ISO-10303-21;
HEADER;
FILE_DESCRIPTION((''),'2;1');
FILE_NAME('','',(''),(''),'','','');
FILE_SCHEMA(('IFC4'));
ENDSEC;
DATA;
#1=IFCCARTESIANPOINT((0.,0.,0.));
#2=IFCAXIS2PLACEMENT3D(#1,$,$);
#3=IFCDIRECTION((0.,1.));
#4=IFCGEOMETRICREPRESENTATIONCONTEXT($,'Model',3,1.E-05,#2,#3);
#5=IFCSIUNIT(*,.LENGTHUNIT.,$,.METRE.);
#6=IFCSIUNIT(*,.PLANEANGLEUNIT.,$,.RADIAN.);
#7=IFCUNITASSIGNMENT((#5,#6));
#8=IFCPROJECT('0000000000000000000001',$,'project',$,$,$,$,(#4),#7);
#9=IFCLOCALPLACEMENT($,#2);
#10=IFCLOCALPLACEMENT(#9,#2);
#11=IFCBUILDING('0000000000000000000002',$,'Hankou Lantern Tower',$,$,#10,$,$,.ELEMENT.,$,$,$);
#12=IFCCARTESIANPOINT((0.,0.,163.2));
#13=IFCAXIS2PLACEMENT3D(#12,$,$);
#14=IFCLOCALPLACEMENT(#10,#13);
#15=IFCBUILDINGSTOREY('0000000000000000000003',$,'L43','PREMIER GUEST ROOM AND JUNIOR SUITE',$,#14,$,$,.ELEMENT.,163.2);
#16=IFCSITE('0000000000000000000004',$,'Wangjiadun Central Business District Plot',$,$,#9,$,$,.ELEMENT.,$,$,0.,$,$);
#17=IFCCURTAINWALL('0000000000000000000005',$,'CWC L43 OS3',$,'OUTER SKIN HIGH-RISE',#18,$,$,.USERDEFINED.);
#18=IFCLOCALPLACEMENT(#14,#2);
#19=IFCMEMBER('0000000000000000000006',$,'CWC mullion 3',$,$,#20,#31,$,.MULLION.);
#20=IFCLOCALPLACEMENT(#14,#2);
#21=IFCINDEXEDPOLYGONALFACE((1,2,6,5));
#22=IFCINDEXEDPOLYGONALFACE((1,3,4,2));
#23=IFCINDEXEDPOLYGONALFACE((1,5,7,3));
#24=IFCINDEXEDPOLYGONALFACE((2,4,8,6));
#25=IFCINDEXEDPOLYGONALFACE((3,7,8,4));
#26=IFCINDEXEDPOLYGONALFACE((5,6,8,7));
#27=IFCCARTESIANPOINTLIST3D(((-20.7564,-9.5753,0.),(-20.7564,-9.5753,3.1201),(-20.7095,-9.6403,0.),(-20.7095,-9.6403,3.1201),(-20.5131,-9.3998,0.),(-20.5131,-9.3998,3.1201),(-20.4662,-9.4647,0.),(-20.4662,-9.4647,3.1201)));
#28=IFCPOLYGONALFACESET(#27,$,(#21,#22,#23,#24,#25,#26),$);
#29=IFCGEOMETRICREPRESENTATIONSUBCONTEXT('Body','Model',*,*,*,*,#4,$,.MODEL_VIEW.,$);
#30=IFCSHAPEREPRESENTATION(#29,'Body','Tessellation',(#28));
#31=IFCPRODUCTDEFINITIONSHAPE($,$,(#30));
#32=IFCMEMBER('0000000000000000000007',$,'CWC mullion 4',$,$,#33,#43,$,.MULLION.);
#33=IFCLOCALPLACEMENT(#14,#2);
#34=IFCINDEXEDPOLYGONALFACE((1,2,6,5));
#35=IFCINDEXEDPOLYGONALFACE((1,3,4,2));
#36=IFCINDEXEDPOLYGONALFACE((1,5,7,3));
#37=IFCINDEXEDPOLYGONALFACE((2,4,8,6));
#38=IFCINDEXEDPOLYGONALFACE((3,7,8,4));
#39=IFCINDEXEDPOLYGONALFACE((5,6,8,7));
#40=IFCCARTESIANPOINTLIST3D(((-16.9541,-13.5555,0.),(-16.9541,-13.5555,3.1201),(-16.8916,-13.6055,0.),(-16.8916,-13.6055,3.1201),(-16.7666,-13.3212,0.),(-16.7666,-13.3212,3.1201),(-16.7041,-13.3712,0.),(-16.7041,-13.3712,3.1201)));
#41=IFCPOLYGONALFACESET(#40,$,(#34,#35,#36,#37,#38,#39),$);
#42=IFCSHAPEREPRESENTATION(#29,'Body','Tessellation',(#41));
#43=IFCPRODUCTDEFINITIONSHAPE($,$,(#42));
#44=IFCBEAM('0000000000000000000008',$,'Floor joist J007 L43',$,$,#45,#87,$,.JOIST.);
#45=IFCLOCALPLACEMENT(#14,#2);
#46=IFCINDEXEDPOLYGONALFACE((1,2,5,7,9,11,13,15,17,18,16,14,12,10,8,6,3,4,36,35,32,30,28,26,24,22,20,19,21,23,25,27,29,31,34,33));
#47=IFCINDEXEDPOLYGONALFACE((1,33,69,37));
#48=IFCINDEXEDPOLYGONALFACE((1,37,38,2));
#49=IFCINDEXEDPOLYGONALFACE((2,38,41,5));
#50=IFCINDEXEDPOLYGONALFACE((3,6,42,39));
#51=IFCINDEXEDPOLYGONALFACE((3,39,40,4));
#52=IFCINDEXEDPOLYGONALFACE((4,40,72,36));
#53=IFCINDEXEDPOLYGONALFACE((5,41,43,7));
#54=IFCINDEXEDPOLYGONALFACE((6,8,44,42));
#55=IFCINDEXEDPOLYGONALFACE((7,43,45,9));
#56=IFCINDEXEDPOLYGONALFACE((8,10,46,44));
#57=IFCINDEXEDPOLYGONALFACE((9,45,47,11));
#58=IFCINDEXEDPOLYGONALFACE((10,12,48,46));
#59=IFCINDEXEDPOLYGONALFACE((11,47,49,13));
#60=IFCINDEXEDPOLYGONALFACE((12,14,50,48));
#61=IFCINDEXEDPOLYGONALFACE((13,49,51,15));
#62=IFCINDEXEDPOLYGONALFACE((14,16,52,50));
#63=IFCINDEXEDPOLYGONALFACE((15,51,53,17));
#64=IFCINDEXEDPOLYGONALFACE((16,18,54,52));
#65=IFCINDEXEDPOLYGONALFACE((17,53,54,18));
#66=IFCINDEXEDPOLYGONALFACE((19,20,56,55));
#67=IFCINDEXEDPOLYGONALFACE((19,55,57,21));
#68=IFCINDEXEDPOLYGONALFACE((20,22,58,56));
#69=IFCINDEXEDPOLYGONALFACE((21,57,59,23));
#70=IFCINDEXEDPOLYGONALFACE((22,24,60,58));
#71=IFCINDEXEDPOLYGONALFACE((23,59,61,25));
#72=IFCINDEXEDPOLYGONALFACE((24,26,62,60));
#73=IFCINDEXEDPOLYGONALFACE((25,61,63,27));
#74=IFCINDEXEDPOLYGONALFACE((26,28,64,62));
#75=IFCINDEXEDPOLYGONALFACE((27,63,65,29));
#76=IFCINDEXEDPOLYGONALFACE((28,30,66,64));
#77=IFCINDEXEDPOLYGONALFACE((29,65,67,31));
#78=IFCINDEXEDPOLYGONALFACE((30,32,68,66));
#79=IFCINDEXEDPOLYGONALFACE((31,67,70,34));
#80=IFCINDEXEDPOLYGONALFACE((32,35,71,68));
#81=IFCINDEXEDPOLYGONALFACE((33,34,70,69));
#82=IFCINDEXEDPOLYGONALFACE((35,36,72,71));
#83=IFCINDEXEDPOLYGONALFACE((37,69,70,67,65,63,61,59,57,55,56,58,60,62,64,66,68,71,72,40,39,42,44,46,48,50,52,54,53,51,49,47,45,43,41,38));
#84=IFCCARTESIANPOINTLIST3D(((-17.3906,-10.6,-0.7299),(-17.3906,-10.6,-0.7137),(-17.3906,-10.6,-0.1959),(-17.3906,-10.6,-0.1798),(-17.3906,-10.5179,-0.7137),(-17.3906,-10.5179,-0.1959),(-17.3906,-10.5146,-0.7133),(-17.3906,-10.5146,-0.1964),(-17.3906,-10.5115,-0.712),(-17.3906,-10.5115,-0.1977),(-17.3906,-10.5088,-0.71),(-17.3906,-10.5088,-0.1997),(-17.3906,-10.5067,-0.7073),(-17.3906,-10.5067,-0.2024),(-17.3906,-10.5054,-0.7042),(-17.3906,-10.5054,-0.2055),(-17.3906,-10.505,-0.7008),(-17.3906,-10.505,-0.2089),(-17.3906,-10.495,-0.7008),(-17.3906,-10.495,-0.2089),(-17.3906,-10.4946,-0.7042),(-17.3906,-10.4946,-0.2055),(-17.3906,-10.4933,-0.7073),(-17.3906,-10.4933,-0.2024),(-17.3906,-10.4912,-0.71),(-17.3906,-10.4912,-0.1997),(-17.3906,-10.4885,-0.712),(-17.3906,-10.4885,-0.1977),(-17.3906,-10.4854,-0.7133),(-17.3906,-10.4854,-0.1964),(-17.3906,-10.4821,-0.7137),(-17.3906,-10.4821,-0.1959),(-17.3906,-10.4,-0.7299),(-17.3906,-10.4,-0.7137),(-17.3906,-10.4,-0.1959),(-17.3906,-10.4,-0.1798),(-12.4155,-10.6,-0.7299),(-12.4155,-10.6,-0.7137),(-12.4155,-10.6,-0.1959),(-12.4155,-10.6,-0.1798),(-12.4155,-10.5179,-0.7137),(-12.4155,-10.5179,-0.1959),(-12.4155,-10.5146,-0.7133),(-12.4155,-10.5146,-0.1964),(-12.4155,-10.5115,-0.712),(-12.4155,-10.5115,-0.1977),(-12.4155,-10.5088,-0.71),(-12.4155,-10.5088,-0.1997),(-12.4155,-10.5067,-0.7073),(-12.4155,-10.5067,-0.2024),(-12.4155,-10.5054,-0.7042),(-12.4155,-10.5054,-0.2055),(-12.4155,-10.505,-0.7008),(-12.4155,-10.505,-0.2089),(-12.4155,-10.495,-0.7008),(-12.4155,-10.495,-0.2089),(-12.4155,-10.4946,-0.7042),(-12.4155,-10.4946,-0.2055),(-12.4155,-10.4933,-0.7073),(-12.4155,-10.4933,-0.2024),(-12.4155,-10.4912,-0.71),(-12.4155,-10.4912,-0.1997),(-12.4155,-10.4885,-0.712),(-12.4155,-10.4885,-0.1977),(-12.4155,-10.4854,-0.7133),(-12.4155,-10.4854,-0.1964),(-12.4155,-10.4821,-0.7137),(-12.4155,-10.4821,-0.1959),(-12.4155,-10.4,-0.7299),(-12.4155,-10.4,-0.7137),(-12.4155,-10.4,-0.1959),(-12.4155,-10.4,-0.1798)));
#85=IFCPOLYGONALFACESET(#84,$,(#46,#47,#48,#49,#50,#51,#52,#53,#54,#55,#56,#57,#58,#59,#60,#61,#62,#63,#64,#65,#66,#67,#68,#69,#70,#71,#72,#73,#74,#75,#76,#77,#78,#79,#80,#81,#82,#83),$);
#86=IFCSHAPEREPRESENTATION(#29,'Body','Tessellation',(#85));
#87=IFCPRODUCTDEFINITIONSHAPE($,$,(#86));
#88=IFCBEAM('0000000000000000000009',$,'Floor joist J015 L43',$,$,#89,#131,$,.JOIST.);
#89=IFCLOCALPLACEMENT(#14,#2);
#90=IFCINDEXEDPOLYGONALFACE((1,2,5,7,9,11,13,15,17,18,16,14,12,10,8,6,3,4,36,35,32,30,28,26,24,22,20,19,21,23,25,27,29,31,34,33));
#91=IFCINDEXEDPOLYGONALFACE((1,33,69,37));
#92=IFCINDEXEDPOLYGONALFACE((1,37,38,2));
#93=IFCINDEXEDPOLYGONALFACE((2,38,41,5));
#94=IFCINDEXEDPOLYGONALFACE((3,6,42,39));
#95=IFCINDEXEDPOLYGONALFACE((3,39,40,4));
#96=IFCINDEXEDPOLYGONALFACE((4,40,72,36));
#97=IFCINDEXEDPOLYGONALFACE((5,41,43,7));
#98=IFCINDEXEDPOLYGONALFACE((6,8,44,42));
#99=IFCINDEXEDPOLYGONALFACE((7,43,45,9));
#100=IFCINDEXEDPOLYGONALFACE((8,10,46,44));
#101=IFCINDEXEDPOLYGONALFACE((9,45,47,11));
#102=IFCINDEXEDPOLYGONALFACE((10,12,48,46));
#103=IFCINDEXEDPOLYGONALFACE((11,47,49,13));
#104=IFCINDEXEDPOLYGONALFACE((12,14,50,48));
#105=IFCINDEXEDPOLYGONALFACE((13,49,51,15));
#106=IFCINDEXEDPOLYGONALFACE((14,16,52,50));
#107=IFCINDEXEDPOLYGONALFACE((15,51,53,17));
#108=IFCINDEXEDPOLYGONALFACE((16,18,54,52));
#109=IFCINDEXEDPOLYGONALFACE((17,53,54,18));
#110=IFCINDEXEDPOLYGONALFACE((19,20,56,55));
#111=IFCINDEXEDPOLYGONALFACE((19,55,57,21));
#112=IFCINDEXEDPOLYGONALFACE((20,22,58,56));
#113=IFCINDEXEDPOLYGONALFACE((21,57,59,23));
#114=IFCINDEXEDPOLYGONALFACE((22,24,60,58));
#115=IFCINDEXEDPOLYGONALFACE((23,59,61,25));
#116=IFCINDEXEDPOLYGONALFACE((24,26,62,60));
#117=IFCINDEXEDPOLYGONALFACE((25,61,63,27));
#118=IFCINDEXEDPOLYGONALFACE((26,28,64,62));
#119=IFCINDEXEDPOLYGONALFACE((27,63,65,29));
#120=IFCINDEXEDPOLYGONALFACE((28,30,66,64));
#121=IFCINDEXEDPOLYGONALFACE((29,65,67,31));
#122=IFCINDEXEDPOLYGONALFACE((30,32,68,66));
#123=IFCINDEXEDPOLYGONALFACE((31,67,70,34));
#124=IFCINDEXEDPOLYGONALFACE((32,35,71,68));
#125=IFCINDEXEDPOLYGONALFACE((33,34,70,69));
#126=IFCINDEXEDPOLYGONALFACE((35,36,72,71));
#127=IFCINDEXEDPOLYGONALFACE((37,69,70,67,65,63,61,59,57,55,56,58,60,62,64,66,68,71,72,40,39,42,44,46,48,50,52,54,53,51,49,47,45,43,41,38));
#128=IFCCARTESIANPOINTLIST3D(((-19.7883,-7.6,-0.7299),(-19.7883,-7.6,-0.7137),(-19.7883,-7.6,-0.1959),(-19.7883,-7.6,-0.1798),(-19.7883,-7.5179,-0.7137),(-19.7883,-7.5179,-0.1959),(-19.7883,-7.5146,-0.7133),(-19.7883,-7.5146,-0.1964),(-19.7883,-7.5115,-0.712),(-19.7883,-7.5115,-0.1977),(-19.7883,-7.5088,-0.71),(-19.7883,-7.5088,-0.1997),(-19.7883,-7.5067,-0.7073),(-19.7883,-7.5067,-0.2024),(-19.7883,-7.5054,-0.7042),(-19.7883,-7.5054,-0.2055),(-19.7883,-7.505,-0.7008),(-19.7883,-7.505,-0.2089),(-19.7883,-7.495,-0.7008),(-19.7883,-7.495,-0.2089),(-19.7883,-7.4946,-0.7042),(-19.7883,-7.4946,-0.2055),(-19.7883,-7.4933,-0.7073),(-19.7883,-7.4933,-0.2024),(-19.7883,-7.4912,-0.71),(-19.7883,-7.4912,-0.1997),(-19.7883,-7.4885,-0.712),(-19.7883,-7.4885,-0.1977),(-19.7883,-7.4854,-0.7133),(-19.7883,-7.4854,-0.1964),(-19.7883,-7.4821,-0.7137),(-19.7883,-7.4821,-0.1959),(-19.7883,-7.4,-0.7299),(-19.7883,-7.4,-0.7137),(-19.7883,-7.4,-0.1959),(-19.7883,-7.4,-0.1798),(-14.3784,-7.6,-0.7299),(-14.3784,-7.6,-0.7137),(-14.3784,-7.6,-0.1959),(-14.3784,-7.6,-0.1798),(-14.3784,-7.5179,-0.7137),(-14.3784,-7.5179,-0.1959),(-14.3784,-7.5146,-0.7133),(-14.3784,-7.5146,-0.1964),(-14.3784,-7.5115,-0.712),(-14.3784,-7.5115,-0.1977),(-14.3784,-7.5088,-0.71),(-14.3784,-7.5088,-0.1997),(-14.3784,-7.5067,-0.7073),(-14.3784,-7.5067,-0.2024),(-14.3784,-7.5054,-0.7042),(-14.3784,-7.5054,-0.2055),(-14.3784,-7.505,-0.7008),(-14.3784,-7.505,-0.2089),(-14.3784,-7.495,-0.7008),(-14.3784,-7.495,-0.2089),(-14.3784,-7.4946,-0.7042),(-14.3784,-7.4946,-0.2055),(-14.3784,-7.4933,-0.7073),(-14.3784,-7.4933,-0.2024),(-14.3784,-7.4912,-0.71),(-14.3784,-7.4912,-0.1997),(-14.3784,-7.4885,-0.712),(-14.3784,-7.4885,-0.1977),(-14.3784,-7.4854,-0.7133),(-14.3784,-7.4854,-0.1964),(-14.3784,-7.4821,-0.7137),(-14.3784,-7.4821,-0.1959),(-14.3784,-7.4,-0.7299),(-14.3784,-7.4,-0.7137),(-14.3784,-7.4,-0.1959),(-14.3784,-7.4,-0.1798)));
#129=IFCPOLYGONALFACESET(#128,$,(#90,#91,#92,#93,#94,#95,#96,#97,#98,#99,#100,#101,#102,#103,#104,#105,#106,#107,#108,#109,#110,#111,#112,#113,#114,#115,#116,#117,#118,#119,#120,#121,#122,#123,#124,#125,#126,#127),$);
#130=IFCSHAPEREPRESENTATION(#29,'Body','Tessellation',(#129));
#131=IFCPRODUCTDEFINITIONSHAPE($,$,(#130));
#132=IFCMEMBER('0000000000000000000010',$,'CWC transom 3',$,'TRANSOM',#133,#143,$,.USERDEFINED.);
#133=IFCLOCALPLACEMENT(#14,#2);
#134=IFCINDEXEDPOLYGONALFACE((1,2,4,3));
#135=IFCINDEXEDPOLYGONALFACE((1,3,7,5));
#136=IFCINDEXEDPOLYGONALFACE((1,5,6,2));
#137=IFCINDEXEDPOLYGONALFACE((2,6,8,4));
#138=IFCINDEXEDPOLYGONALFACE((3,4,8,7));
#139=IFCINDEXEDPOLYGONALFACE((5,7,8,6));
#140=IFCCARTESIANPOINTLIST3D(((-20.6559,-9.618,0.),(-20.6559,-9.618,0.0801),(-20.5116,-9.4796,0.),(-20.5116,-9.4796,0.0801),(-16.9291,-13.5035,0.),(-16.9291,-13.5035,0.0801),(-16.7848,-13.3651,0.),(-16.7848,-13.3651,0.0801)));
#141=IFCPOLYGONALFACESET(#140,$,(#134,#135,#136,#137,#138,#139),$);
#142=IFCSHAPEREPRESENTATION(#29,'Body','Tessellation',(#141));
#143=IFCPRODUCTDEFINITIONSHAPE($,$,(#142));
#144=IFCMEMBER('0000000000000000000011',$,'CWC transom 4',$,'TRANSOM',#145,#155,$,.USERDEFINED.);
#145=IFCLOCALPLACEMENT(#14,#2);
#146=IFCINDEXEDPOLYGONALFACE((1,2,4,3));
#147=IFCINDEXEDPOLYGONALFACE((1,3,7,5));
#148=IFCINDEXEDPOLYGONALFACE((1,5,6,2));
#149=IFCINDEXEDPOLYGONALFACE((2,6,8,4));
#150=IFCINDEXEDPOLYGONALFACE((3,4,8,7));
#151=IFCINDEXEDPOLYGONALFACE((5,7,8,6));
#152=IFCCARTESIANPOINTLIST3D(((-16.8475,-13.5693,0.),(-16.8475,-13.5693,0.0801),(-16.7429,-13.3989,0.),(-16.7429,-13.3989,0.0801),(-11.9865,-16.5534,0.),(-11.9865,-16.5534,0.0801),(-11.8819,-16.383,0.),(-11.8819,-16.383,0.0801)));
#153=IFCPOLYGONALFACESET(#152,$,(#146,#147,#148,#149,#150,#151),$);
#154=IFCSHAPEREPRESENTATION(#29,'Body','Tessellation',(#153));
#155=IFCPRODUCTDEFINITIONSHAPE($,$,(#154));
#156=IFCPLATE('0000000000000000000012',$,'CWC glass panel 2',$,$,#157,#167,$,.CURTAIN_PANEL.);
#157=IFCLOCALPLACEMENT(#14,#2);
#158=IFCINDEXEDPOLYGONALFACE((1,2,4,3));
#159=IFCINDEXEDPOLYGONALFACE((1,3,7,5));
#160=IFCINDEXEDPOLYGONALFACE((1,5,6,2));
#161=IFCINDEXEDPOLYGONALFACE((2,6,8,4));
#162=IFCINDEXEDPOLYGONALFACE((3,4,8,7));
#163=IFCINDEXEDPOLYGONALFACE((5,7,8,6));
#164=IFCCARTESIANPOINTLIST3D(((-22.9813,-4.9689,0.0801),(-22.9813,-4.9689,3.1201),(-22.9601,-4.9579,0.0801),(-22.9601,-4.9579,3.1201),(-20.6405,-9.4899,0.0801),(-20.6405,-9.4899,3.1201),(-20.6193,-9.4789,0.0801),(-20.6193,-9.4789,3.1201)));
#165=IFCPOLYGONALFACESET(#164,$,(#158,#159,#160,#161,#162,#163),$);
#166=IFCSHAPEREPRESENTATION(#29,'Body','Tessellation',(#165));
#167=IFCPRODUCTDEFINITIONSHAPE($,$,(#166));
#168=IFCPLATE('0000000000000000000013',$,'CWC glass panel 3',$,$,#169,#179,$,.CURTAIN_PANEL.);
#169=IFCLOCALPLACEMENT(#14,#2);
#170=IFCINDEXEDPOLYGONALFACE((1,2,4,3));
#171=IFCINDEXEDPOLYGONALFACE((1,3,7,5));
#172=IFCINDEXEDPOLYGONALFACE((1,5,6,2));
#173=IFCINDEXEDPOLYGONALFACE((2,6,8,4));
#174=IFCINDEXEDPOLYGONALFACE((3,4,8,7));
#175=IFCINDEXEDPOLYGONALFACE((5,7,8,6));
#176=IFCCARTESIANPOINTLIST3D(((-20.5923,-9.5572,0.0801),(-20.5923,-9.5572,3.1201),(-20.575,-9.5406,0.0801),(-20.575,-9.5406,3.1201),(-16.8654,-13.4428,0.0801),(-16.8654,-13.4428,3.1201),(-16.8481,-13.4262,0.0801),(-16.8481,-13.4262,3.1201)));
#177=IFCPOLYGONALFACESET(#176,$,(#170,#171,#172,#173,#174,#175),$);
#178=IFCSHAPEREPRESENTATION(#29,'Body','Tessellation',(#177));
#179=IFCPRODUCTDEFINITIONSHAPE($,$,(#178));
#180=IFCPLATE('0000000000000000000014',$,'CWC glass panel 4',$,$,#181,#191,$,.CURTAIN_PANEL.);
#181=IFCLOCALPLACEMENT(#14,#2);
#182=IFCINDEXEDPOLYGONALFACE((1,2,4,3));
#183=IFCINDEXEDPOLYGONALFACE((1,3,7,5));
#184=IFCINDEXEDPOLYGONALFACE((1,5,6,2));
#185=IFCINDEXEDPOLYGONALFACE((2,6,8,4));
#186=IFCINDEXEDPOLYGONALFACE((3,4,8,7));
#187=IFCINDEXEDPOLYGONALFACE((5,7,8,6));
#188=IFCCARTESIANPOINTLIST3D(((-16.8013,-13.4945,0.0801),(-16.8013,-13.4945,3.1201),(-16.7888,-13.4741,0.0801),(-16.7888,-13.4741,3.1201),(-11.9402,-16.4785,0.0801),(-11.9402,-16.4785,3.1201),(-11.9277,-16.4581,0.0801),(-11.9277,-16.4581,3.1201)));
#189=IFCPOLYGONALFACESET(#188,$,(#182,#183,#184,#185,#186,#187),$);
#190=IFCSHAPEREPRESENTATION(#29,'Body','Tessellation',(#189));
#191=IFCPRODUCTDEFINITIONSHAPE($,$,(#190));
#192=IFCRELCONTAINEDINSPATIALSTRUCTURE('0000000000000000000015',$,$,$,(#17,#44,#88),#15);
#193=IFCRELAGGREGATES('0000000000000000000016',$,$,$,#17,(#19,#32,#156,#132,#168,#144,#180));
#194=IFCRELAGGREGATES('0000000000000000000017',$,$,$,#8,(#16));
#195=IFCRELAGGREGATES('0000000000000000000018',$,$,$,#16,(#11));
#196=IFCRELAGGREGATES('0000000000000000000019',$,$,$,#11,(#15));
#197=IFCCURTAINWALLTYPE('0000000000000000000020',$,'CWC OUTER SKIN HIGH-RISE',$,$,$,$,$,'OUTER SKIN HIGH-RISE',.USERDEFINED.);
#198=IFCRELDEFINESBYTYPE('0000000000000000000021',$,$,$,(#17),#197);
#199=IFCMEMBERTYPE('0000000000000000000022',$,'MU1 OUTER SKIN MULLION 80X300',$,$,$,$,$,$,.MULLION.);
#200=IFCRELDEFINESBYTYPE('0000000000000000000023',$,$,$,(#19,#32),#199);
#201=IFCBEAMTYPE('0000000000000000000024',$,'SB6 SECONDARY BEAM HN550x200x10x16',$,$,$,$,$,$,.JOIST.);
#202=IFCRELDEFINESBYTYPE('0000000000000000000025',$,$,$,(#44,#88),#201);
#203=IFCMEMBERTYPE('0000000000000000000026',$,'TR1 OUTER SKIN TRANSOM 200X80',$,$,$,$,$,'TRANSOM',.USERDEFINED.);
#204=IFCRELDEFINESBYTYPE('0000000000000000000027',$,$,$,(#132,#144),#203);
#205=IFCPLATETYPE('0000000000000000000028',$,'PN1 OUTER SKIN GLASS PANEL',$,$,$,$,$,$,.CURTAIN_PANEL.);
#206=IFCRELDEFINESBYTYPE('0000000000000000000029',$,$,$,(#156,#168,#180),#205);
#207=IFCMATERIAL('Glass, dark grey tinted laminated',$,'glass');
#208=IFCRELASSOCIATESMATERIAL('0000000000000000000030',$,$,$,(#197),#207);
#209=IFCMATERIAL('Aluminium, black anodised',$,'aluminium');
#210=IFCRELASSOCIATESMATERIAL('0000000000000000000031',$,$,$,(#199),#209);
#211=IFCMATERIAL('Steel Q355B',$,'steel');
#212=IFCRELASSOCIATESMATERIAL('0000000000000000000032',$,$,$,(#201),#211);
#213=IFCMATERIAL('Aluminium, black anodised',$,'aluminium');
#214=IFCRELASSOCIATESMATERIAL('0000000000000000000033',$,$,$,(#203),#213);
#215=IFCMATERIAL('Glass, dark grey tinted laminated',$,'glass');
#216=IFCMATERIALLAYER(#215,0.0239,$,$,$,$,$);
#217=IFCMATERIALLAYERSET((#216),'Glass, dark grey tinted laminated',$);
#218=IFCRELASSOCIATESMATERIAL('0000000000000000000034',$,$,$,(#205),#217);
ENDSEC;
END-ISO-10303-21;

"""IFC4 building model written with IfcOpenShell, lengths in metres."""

from ifc_helpers import new_model, si_unit, direction, frame, origin, origin_2d, place, context, subcontext, project, spatial, rectangle, i_section, extrude, material, layer, layer_set, material_profile, profile_set, type_object, element, aggregate, save


model = new_model("IFC4")

# Units and contexts
model_context = context("Model", 3, precision=1e-05, world=origin(), true_north=direction((0.0, 1.0)))
body_context = subcontext(model_context, "Body", "Model", "MODEL_VIEW")
ifc_project = project(units=[si_unit("LENGTHUNIT", "METRE"), si_unit("PLANEANGLEUNIT", "RADIAN")], contexts=[model_context])

# Site, building, storey
site_placement = place(None, origin())
site = spatial("IfcSite", under=ifc_project, at=site_placement, Name="Wangjiadun Central Business District Plot", CompositionType="ELEMENT", RefElevation=0.0)
building_placement = place(site_placement, origin())
building = spatial("IfcBuilding", under=site, at=building_placement, Name="Hankou Lantern Tower", CompositionType="ELEMENT")
storey_placement = place(building_placement, frame((0.0, 0.0, 163.2)))
storey = spatial("IfcBuildingStorey", under=building, at=storey_placement, Name="L43", Description="PREMIER GUEST ROOM AND JUNIOR SUITE", CompositionType="ELEMENT", Elevation=163.2)

# Curtain wall, members
ifc_material_1 = material(Name="Glass, dark grey tinted laminated", Category="glass")
curtain_wall_type = type_object("IfcCurtainWallType", Name="CWC OUTER SKIN HIGH-RISE", ElementType="OUTER SKIN HIGH-RISE", PredefinedType="USERDEFINED", material=ifc_material_1)
curtain_wall_placement = place(storey_placement, origin())
curtain_wall = element("IfcCurtainWall", 1, at=curtain_wall_placement, inside=storey, type_object=curtain_wall_type, Name="CWC L43 OS3", ObjectType="OUTER SKIN HIGH-RISE", PredefinedType="USERDEFINED")
ifc_material_2 = material(Name="Aluminium, black anodised", Category="aluminium")
ifc_material_profile_1 = material_profile(ifc_material_2, rectangle(XDim=0.0801, YDim=0.3, at=origin_2d()), Name="MU1 80X300")
ifc_profile_set_1 = profile_set([ifc_material_profile_1], Name="Aluminium, black anodised")
member_type_1 = type_object("IfcMemberType", Name="MU1 OUTER SKIN MULLION 80X300", PredefinedType="MULLION", material=ifc_profile_set_1)
member_1_placement = place(storey_placement, frame((-20.6113, -9.52, 0.0), z_axis=(0.0, 0.0, 1.0), x_axis=(0.585206, -0.810885, 0.0)))
member_1 = element("IfcMember", 2, at=member_1_placement, type_object=member_type_1, Name="CWC mullion 3", PredefinedType="MULLION", context=body_context, shape_type="SweptSolid", body=[
    extrude(rectangle(XDim=0.0801, YDim=0.3, at=origin_2d()), origin(), (0.0, 0.0, 1.0), 3.1201),
])
member_2_placement = place(storey_placement, frame((-16.8291, -13.4634, 0.0), z_axis=(0.0, 0.0, 1.0), x_axis=(0.780869, -0.624695, 0.0)))
member_2 = element("IfcMember", 3, at=member_2_placement, type_object=member_type_1, Name="CWC mullion 4", PredefinedType="MULLION", context=body_context, shape_type="SweptSolid", body=[
    extrude(rectangle(XDim=0.0801, YDim=0.3, at=origin_2d()), origin(), (0.0, 0.0, 1.0), 3.1201),
])

# Beams
ifc_material_3 = material(Name="Steel Q355B", Category="steel")
ifc_material_profile_2 = material_profile(ifc_material_3, i_section(OverallWidth=0.2, OverallDepth=0.55, WebThickness=0.01, FlangeThickness=0.0161, FilletRadius=0.0129, at=origin_2d()), Name="HN550x200x10x16")
ifc_profile_set_2 = profile_set([ifc_material_profile_2], Name="Steel Q355B")
beam_type_1 = type_object("IfcBeamType", Name="SB6 SECONDARY BEAM HN550x200x10x16", PredefinedType="JOIST", material=ifc_profile_set_2)
beam_1_placement = place(storey_placement, frame((-17.3906, -10.5, -0.4548), z_axis=(1.0, 0.0, 0.0), x_axis=(0.0, 1.0, 0.0)))
element("IfcBeam", 4, at=beam_1_placement, inside=storey, type_object=beam_type_1, Name="Floor joist J007 L43", PredefinedType="JOIST", context=body_context, shape_type="SweptSolid", body=[
    extrude(i_section(OverallWidth=0.2, OverallDepth=0.55, WebThickness=0.01, FlangeThickness=0.0161, FilletRadius=0.0129, at=origin_2d()), origin(), (0.0, 0.0, 1.0), 4.9751),
])
beam_2_placement = place(storey_placement, frame((-19.7883, -7.5, -0.4548), z_axis=(1.0, 0.0, 0.0), x_axis=(0.0, 1.0, 0.0)))
element("IfcBeam", 5, at=beam_2_placement, inside=storey, type_object=beam_type_1, Name="Floor joist J015 L43", PredefinedType="JOIST", context=body_context, shape_type="SweptSolid", body=[
    extrude(i_section(OverallWidth=0.2, OverallDepth=0.55, WebThickness=0.01, FlangeThickness=0.0161, FilletRadius=0.0129, at=origin_2d()), origin(), (0.0, 0.0, 1.0), 5.4099),
])

# Members
ifc_material_4 = material(Name="Aluminium, black anodised", Category="aluminium")
ifc_material_profile_3 = material_profile(ifc_material_4, rectangle(XDim=0.2, YDim=0.0801, at=origin_2d()), Name="TR1 200X80")
ifc_profile_set_3 = profile_set([ifc_material_profile_3], Name="Aluminium, black anodised")
member_type_2 = type_object("IfcMemberType", Name="TR1 OUTER SKIN TRANSOM 200X80", ElementType="TRANSOM", PredefinedType="USERDEFINED", material=ifc_profile_set_3)
member_3_placement = place(storey_placement, frame((-20.5837, -9.5488, 0.04), z_axis=(0.692216, -0.721691, 0.0), x_axis=(0.721691, 0.692216, 0.0)))
member_3 = element("IfcMember", 6, at=member_3_placement, type_object=member_type_2, Name="CWC transom 3", ObjectType="TRANSOM", PredefinedType="USERDEFINED", context=body_context, shape_type="SweptSolid", body=[
    extrude(rectangle(XDim=0.2, YDim=0.0801, at=origin_2d()), origin(), (0.0, 0.0, 1.0), 5.3838),
])
member_4_placement = place(storey_placement, frame((-16.7952, -13.4841, 0.04), z_axis=(0.852229, -0.523168, 0.0), x_axis=(0.523168, 0.852229, 0.0)))
member_4 = element("IfcMember", 7, at=member_4_placement, type_object=member_type_2, Name="CWC transom 4", ObjectType="TRANSOM", PredefinedType="USERDEFINED", context=body_context, shape_type="SweptSolid", body=[
    extrude(rectangle(XDim=0.2, YDim=0.0801, at=origin_2d()), origin(), (0.0, 0.0, 1.0), 5.7039),
])

# Plates
ifc_material_5 = material(Name="Glass, dark grey tinted laminated", Category="glass")
ifc_layer_1 = layer(ifc_material_5, 0.0239)
ifc_layer_set_1 = layer_set([ifc_layer_1], Name="Glass, dark grey tinted laminated")
plate_type = type_object("IfcPlateType", Name="PN1 OUTER SKIN GLASS PANEL", PredefinedType="CURTAIN_PANEL", material=ifc_layer_set_1)
plate_1_placement = place(storey_placement, frame((-21.8003, -7.2239, 0.0801), z_axis=(0.0, 0.0, 1.0), x_axis=(0.459791, -0.888027, 0.0)))
plate_1 = element("IfcPlate", 8, at=plate_1_placement, type_object=plate_type, Name="CWC glass panel 2", PredefinedType="CURTAIN_PANEL", context=body_context, shape_type="SweptSolid", body=[
    extrude(rectangle(XDim=5.0911, YDim=0.0239, at=origin_2d()), origin(), (0.0, 0.0, 1.0), 3.04),
])
plate_2_placement = place(storey_placement, frame((-18.7202, -11.4917, 0.0801), z_axis=(0.0, 0.0, 1.0), x_axis=(0.692216, -0.721691, 0.0)))
plate_2 = element("IfcPlate", 9, at=plate_2_placement, type_object=plate_type, Name="CWC glass panel 3", PredefinedType="CURTAIN_PANEL", context=body_context, shape_type="SweptSolid", body=[
    extrude(rectangle(XDim=5.384, YDim=0.0239, at=origin_2d()), origin(), (0.0, 0.0, 1.0), 3.04),
])
plate_3_placement = place(storey_placement, frame((-14.3645, -14.9763, 0.0801), z_axis=(0.0, 0.0, 1.0), x_axis=(0.852237, -0.523156, 0.0)))
plate_3 = element("IfcPlate", 10, at=plate_3_placement, type_object=plate_type, Name="CWC glass panel 4", PredefinedType="CURTAIN_PANEL", context=body_context, shape_type="SweptSolid", body=[
    extrude(rectangle(XDim=5.7039, YDim=0.0239, at=origin_2d()), origin(), (0.0, 0.0, 1.0), 3.04),
])
aggregate(curtain_wall, [member_1, member_2, plate_1, member_3, plate_2, member_4, plate_3])

save(model, "model.ifc")
